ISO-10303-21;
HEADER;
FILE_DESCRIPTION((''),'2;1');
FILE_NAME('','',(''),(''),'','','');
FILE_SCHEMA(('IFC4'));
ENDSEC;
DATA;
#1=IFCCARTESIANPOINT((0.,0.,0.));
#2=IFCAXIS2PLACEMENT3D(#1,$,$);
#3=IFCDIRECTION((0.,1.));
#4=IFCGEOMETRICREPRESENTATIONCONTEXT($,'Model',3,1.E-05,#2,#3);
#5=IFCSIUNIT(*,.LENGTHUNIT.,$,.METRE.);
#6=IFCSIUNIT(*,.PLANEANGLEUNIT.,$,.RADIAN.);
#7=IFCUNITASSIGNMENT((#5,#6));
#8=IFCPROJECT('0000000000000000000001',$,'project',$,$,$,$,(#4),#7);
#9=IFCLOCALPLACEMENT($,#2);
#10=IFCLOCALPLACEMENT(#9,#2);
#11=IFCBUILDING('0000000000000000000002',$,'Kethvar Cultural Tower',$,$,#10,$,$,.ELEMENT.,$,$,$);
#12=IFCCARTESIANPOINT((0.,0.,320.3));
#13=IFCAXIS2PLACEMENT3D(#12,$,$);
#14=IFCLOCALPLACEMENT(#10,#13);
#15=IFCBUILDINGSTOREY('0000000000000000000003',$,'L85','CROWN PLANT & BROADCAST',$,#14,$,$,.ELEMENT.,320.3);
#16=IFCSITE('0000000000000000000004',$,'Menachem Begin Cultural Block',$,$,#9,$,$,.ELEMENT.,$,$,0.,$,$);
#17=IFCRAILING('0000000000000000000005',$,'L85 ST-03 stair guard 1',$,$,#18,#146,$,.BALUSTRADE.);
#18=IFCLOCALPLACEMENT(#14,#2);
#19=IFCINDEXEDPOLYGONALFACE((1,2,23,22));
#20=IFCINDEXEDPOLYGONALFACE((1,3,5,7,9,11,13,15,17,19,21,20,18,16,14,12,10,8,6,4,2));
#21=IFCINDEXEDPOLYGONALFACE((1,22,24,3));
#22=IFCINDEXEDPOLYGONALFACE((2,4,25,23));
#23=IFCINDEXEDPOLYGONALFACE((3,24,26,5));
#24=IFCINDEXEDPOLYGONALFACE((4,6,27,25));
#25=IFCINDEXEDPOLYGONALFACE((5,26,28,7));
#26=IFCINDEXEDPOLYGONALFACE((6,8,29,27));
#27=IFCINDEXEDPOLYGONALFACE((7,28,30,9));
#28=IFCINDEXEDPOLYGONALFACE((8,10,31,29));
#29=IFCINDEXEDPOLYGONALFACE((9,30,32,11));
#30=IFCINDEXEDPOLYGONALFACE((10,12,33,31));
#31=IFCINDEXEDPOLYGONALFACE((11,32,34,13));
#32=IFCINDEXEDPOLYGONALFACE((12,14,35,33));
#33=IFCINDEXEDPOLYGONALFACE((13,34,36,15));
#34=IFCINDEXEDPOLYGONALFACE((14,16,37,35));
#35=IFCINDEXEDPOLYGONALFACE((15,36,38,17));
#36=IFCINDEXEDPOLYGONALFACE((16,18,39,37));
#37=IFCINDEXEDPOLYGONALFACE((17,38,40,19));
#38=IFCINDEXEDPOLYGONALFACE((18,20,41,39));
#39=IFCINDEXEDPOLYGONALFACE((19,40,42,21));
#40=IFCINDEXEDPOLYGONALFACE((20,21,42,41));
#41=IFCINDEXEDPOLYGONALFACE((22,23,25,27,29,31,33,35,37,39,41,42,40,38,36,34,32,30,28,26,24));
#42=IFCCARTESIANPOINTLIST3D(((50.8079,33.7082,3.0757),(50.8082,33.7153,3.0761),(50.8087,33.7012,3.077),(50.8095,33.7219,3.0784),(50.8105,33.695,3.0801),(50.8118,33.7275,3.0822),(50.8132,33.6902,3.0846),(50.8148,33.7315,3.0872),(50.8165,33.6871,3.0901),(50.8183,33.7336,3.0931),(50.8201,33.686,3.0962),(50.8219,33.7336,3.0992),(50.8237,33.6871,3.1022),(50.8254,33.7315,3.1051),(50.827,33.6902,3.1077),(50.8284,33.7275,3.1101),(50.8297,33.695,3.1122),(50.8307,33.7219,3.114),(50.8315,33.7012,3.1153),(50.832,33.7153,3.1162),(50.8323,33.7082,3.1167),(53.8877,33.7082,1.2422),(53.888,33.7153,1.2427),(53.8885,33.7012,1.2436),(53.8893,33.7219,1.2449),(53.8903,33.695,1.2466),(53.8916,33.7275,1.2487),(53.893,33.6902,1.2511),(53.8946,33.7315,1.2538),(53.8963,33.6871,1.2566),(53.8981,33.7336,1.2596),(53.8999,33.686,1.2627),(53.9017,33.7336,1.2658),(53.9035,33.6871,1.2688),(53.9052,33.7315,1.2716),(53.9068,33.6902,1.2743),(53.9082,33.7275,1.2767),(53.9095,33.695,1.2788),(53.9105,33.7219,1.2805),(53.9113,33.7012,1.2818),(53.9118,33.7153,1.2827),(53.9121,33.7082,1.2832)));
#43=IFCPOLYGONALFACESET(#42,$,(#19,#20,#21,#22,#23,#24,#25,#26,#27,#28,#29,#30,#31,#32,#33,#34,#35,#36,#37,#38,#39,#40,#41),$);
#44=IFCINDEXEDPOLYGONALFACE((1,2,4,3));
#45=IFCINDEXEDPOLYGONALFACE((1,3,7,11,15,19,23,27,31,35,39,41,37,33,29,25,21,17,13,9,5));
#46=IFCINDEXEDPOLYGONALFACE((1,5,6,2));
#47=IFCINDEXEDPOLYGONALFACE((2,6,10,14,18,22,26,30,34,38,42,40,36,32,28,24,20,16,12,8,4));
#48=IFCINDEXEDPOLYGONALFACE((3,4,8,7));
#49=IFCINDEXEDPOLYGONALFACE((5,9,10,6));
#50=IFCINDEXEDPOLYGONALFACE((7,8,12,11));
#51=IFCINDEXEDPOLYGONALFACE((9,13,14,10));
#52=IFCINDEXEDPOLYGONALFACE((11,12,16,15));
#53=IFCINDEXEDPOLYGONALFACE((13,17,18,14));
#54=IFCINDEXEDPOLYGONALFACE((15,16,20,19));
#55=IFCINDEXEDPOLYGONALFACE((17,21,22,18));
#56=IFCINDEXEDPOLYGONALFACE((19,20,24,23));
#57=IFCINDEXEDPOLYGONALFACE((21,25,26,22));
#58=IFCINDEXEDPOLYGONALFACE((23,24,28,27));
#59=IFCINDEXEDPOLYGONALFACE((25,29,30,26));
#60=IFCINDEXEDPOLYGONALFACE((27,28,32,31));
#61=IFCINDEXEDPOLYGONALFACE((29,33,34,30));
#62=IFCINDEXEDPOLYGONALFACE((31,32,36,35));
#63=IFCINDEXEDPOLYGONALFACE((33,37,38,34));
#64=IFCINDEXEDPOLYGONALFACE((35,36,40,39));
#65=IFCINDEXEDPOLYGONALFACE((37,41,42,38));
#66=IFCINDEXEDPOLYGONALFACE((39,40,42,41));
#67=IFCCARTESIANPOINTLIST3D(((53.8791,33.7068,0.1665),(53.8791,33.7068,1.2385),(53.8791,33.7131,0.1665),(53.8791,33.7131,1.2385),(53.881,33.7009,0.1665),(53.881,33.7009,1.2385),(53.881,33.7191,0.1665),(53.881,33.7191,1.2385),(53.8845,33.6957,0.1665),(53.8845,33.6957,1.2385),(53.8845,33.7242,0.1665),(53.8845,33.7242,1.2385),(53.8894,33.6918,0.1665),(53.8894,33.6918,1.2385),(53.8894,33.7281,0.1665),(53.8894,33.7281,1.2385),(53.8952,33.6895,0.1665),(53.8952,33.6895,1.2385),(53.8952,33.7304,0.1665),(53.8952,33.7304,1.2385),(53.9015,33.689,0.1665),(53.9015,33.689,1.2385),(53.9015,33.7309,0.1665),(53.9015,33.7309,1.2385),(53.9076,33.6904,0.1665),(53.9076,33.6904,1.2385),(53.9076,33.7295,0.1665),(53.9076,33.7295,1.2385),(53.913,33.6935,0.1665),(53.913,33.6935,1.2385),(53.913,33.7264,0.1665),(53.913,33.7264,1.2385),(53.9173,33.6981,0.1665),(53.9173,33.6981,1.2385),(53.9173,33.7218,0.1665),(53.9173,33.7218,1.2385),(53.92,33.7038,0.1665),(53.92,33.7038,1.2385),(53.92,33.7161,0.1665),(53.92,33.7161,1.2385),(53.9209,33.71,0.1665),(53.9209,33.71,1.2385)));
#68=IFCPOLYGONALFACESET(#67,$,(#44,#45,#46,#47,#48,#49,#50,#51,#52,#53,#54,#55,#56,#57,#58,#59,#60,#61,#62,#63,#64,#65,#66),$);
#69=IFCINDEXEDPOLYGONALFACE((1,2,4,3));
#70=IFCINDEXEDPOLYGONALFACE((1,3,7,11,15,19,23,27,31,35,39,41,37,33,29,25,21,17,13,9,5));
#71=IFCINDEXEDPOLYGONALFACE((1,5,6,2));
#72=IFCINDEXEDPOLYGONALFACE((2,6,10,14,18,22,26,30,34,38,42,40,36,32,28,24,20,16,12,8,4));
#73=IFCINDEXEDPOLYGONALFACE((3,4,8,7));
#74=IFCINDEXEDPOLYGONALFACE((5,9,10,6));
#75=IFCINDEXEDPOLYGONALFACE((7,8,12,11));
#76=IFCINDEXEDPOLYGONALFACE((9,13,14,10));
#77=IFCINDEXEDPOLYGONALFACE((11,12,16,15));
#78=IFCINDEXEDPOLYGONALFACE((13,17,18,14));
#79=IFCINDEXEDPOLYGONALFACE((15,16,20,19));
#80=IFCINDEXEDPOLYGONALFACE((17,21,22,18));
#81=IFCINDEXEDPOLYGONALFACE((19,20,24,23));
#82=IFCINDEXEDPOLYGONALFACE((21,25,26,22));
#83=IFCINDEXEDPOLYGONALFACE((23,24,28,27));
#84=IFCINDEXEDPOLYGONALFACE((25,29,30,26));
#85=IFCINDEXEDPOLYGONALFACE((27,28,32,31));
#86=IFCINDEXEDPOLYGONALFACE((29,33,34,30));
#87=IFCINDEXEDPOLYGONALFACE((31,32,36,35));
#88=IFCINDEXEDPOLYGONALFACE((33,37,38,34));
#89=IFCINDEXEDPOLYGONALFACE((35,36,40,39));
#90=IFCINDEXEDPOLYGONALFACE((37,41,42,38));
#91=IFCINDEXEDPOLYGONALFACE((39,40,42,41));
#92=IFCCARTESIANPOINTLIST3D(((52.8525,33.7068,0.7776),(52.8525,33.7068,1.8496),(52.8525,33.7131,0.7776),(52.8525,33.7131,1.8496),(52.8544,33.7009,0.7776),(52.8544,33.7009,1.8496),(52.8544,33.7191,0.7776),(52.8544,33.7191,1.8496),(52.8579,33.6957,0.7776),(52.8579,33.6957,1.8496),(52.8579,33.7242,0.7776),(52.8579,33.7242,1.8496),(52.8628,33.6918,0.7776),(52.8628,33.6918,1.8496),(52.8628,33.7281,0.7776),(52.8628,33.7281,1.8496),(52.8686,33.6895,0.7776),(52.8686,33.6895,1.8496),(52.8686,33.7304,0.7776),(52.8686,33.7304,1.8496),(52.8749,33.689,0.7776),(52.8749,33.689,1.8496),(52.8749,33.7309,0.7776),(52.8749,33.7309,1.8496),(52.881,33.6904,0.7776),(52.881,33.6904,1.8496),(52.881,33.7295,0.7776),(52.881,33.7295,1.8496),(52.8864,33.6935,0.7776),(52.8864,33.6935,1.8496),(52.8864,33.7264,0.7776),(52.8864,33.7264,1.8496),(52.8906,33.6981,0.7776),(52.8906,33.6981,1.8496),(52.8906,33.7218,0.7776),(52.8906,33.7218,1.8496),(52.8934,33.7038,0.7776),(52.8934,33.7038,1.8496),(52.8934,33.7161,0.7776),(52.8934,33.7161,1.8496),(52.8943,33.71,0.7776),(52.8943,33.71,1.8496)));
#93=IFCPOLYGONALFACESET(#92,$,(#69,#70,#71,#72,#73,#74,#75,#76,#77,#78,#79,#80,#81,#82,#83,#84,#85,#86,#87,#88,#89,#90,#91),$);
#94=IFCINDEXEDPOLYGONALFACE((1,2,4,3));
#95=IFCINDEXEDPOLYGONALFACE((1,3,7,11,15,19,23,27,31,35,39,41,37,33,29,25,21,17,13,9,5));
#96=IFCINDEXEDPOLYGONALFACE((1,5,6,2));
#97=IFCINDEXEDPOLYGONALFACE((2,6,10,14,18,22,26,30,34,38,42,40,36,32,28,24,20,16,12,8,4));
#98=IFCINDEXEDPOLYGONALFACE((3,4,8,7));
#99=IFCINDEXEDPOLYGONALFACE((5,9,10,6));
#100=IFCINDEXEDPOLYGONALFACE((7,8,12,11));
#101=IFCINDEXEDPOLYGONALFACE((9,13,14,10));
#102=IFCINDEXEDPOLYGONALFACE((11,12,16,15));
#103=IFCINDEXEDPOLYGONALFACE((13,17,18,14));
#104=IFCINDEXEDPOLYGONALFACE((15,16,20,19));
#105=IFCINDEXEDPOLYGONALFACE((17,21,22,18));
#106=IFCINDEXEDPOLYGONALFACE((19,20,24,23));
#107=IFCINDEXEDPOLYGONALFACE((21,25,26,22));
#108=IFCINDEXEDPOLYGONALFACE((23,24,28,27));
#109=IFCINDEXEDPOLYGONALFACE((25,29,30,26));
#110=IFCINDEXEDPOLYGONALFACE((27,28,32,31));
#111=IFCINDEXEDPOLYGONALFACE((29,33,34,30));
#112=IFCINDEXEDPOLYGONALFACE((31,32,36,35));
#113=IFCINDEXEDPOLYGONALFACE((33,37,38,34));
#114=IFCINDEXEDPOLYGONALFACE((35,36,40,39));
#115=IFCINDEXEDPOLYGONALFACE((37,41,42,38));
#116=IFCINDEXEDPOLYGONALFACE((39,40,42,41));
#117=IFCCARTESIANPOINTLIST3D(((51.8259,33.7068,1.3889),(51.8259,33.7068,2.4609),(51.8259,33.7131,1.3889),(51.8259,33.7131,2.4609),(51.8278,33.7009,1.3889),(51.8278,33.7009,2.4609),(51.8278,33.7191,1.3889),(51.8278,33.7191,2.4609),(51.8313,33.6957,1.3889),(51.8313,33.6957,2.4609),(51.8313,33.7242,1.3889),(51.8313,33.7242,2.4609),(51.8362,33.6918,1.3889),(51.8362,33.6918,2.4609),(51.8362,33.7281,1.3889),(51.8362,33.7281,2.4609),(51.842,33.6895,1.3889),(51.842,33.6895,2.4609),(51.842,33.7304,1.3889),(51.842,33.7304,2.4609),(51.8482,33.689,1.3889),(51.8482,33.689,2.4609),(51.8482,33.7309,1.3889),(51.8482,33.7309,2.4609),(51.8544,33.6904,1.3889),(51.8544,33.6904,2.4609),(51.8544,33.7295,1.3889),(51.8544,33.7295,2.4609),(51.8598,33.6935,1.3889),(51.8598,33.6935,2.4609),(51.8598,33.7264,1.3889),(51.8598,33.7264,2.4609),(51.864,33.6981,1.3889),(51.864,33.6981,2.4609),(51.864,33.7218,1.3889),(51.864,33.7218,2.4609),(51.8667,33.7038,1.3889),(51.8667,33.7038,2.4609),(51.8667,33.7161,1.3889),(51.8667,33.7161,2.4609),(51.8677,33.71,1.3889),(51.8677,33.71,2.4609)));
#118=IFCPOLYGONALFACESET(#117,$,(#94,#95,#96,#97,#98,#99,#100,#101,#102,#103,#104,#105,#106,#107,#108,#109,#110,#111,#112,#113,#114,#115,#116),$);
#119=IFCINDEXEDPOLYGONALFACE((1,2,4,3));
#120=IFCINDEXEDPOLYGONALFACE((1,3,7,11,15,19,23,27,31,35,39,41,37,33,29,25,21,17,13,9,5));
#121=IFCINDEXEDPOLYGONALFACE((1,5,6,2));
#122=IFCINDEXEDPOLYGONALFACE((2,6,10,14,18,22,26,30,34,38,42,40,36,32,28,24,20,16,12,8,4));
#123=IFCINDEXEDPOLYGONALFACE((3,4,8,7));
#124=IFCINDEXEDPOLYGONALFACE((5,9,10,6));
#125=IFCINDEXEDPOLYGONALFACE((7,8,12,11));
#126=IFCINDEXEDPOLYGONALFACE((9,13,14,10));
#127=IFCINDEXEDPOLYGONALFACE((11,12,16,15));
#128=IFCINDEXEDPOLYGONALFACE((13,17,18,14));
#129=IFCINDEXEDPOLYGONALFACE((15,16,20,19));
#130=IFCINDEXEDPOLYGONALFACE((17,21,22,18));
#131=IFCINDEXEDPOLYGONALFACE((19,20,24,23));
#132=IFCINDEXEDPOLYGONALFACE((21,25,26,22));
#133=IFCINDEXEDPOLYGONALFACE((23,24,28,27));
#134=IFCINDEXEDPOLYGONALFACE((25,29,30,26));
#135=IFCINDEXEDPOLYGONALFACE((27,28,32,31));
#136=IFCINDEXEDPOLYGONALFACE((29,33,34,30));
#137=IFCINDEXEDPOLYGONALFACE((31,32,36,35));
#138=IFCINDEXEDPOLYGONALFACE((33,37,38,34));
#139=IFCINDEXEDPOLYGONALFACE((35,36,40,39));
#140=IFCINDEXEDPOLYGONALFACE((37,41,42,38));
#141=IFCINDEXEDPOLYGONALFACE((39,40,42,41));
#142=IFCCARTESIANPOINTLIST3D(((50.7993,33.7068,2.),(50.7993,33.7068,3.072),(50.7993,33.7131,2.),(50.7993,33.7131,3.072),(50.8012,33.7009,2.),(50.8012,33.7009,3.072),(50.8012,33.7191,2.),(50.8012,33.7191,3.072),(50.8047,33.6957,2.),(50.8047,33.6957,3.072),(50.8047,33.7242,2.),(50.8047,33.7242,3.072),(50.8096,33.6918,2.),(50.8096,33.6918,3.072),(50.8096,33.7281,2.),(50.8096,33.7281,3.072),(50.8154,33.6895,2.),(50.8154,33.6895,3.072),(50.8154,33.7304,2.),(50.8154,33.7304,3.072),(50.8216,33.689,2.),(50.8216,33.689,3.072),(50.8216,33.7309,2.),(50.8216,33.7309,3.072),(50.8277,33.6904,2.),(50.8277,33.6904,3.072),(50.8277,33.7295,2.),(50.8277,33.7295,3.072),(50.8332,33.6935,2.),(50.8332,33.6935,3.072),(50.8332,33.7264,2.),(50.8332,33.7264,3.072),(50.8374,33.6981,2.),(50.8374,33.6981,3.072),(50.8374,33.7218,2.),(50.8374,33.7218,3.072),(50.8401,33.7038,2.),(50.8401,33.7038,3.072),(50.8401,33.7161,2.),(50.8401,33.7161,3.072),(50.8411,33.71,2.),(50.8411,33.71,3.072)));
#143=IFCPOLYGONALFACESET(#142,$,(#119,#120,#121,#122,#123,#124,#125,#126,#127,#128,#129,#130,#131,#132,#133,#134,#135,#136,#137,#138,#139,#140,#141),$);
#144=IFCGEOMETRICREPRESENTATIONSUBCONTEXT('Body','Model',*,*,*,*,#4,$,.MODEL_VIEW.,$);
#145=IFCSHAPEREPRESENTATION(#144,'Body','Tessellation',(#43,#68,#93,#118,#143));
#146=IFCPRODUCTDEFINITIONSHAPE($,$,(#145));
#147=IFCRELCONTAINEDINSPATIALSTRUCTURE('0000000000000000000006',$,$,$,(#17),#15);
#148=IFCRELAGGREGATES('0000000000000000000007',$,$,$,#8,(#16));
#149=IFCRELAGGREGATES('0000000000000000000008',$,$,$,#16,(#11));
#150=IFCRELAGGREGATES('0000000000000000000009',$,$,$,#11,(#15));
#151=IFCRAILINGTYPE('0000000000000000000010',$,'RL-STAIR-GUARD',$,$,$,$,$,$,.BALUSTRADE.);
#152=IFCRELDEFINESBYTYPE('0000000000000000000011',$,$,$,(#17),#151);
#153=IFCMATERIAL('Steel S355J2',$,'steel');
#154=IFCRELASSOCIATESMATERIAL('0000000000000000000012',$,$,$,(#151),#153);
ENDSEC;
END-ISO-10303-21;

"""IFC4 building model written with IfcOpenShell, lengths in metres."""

from ifc_helpers import new_model, si_unit, direction, frame, origin, origin_2d, place, context, subcontext, project, spatial, circle, extrude, material, type_object, element, save


model = new_model("IFC4")

# Units and contexts
model_context = context("Model", 3, precision=1e-05, world=origin(), true_north=direction((0.0, 1.0)))
body_context = subcontext(model_context, "Body", "Model", "MODEL_VIEW")
ifc_project = project(units=[si_unit("LENGTHUNIT", "METRE"), si_unit("PLANEANGLEUNIT", "RADIAN")], contexts=[model_context])

# Site, building, storey
site_placement = place(None, origin())
site = spatial("IfcSite", under=ifc_project, at=site_placement, Name="Menachem Begin Cultural Block", CompositionType="ELEMENT", RefElevation=0.0)
building_placement = place(site_placement, origin())
building = spatial("IfcBuilding", under=site, at=building_placement, Name="Kethvar Cultural Tower", CompositionType="ELEMENT")
storey_placement = place(building_placement, frame((0.0, 0.0, 320.3)))
storey = spatial("IfcBuildingStorey", under=building, at=storey_placement, Name="L85", Description="CROWN PLANT & BROADCAST", CompositionType="ELEMENT", Elevation=320.3)

# Shared definitions
ifc_material_1 = material(Name="Steel S355J2", Category="steel")

# Railing
railing_type_1 = type_object("IfcRailingType", Name="RL-STAIR-GUARD", PredefinedType="BALUSTRADE", material=ifc_material_1)
railing_1_placement = place(storey_placement, frame((53.8999, 33.71, 0.1665)))
element("IfcRailing", 1, at=railing_1_placement, inside=storey, type_object=railing_type_1, Name="L85 ST-03 stair guard 1", PredefinedType="BALUSTRADE", context=body_context, shape_type="SweptSolid", body=[
    extrude(circle(Radius=0.0239, at=origin_2d()), frame((0.0, 0.0, 1.0962), z_axis=(-0.859261, 0.0, 0.511538), x_axis=(0.0, -1.0, 0.0)), (0.0, 0.0, 1.0), 3.5842),
    extrude(circle(Radius=0.021, at=origin_2d()), origin(), (0.0, 0.0, 1.0), 1.072),
    extrude(circle(Radius=0.021, at=origin_2d()), frame((-1.0266, 0.0, 0.6111)), (0.0, 0.0, 1.0), 1.072),
    extrude(circle(Radius=0.021, at=origin_2d()), frame((-2.0532, 0.0, 1.2224)), (0.0, 0.0, 1.0), 1.072),
    extrude(circle(Radius=0.021, at=origin_2d()), frame((-3.0798, 0.0, 1.8335)), (0.0, 0.0, 1.0), 1.072),
])

save(model, "model.ifc")
